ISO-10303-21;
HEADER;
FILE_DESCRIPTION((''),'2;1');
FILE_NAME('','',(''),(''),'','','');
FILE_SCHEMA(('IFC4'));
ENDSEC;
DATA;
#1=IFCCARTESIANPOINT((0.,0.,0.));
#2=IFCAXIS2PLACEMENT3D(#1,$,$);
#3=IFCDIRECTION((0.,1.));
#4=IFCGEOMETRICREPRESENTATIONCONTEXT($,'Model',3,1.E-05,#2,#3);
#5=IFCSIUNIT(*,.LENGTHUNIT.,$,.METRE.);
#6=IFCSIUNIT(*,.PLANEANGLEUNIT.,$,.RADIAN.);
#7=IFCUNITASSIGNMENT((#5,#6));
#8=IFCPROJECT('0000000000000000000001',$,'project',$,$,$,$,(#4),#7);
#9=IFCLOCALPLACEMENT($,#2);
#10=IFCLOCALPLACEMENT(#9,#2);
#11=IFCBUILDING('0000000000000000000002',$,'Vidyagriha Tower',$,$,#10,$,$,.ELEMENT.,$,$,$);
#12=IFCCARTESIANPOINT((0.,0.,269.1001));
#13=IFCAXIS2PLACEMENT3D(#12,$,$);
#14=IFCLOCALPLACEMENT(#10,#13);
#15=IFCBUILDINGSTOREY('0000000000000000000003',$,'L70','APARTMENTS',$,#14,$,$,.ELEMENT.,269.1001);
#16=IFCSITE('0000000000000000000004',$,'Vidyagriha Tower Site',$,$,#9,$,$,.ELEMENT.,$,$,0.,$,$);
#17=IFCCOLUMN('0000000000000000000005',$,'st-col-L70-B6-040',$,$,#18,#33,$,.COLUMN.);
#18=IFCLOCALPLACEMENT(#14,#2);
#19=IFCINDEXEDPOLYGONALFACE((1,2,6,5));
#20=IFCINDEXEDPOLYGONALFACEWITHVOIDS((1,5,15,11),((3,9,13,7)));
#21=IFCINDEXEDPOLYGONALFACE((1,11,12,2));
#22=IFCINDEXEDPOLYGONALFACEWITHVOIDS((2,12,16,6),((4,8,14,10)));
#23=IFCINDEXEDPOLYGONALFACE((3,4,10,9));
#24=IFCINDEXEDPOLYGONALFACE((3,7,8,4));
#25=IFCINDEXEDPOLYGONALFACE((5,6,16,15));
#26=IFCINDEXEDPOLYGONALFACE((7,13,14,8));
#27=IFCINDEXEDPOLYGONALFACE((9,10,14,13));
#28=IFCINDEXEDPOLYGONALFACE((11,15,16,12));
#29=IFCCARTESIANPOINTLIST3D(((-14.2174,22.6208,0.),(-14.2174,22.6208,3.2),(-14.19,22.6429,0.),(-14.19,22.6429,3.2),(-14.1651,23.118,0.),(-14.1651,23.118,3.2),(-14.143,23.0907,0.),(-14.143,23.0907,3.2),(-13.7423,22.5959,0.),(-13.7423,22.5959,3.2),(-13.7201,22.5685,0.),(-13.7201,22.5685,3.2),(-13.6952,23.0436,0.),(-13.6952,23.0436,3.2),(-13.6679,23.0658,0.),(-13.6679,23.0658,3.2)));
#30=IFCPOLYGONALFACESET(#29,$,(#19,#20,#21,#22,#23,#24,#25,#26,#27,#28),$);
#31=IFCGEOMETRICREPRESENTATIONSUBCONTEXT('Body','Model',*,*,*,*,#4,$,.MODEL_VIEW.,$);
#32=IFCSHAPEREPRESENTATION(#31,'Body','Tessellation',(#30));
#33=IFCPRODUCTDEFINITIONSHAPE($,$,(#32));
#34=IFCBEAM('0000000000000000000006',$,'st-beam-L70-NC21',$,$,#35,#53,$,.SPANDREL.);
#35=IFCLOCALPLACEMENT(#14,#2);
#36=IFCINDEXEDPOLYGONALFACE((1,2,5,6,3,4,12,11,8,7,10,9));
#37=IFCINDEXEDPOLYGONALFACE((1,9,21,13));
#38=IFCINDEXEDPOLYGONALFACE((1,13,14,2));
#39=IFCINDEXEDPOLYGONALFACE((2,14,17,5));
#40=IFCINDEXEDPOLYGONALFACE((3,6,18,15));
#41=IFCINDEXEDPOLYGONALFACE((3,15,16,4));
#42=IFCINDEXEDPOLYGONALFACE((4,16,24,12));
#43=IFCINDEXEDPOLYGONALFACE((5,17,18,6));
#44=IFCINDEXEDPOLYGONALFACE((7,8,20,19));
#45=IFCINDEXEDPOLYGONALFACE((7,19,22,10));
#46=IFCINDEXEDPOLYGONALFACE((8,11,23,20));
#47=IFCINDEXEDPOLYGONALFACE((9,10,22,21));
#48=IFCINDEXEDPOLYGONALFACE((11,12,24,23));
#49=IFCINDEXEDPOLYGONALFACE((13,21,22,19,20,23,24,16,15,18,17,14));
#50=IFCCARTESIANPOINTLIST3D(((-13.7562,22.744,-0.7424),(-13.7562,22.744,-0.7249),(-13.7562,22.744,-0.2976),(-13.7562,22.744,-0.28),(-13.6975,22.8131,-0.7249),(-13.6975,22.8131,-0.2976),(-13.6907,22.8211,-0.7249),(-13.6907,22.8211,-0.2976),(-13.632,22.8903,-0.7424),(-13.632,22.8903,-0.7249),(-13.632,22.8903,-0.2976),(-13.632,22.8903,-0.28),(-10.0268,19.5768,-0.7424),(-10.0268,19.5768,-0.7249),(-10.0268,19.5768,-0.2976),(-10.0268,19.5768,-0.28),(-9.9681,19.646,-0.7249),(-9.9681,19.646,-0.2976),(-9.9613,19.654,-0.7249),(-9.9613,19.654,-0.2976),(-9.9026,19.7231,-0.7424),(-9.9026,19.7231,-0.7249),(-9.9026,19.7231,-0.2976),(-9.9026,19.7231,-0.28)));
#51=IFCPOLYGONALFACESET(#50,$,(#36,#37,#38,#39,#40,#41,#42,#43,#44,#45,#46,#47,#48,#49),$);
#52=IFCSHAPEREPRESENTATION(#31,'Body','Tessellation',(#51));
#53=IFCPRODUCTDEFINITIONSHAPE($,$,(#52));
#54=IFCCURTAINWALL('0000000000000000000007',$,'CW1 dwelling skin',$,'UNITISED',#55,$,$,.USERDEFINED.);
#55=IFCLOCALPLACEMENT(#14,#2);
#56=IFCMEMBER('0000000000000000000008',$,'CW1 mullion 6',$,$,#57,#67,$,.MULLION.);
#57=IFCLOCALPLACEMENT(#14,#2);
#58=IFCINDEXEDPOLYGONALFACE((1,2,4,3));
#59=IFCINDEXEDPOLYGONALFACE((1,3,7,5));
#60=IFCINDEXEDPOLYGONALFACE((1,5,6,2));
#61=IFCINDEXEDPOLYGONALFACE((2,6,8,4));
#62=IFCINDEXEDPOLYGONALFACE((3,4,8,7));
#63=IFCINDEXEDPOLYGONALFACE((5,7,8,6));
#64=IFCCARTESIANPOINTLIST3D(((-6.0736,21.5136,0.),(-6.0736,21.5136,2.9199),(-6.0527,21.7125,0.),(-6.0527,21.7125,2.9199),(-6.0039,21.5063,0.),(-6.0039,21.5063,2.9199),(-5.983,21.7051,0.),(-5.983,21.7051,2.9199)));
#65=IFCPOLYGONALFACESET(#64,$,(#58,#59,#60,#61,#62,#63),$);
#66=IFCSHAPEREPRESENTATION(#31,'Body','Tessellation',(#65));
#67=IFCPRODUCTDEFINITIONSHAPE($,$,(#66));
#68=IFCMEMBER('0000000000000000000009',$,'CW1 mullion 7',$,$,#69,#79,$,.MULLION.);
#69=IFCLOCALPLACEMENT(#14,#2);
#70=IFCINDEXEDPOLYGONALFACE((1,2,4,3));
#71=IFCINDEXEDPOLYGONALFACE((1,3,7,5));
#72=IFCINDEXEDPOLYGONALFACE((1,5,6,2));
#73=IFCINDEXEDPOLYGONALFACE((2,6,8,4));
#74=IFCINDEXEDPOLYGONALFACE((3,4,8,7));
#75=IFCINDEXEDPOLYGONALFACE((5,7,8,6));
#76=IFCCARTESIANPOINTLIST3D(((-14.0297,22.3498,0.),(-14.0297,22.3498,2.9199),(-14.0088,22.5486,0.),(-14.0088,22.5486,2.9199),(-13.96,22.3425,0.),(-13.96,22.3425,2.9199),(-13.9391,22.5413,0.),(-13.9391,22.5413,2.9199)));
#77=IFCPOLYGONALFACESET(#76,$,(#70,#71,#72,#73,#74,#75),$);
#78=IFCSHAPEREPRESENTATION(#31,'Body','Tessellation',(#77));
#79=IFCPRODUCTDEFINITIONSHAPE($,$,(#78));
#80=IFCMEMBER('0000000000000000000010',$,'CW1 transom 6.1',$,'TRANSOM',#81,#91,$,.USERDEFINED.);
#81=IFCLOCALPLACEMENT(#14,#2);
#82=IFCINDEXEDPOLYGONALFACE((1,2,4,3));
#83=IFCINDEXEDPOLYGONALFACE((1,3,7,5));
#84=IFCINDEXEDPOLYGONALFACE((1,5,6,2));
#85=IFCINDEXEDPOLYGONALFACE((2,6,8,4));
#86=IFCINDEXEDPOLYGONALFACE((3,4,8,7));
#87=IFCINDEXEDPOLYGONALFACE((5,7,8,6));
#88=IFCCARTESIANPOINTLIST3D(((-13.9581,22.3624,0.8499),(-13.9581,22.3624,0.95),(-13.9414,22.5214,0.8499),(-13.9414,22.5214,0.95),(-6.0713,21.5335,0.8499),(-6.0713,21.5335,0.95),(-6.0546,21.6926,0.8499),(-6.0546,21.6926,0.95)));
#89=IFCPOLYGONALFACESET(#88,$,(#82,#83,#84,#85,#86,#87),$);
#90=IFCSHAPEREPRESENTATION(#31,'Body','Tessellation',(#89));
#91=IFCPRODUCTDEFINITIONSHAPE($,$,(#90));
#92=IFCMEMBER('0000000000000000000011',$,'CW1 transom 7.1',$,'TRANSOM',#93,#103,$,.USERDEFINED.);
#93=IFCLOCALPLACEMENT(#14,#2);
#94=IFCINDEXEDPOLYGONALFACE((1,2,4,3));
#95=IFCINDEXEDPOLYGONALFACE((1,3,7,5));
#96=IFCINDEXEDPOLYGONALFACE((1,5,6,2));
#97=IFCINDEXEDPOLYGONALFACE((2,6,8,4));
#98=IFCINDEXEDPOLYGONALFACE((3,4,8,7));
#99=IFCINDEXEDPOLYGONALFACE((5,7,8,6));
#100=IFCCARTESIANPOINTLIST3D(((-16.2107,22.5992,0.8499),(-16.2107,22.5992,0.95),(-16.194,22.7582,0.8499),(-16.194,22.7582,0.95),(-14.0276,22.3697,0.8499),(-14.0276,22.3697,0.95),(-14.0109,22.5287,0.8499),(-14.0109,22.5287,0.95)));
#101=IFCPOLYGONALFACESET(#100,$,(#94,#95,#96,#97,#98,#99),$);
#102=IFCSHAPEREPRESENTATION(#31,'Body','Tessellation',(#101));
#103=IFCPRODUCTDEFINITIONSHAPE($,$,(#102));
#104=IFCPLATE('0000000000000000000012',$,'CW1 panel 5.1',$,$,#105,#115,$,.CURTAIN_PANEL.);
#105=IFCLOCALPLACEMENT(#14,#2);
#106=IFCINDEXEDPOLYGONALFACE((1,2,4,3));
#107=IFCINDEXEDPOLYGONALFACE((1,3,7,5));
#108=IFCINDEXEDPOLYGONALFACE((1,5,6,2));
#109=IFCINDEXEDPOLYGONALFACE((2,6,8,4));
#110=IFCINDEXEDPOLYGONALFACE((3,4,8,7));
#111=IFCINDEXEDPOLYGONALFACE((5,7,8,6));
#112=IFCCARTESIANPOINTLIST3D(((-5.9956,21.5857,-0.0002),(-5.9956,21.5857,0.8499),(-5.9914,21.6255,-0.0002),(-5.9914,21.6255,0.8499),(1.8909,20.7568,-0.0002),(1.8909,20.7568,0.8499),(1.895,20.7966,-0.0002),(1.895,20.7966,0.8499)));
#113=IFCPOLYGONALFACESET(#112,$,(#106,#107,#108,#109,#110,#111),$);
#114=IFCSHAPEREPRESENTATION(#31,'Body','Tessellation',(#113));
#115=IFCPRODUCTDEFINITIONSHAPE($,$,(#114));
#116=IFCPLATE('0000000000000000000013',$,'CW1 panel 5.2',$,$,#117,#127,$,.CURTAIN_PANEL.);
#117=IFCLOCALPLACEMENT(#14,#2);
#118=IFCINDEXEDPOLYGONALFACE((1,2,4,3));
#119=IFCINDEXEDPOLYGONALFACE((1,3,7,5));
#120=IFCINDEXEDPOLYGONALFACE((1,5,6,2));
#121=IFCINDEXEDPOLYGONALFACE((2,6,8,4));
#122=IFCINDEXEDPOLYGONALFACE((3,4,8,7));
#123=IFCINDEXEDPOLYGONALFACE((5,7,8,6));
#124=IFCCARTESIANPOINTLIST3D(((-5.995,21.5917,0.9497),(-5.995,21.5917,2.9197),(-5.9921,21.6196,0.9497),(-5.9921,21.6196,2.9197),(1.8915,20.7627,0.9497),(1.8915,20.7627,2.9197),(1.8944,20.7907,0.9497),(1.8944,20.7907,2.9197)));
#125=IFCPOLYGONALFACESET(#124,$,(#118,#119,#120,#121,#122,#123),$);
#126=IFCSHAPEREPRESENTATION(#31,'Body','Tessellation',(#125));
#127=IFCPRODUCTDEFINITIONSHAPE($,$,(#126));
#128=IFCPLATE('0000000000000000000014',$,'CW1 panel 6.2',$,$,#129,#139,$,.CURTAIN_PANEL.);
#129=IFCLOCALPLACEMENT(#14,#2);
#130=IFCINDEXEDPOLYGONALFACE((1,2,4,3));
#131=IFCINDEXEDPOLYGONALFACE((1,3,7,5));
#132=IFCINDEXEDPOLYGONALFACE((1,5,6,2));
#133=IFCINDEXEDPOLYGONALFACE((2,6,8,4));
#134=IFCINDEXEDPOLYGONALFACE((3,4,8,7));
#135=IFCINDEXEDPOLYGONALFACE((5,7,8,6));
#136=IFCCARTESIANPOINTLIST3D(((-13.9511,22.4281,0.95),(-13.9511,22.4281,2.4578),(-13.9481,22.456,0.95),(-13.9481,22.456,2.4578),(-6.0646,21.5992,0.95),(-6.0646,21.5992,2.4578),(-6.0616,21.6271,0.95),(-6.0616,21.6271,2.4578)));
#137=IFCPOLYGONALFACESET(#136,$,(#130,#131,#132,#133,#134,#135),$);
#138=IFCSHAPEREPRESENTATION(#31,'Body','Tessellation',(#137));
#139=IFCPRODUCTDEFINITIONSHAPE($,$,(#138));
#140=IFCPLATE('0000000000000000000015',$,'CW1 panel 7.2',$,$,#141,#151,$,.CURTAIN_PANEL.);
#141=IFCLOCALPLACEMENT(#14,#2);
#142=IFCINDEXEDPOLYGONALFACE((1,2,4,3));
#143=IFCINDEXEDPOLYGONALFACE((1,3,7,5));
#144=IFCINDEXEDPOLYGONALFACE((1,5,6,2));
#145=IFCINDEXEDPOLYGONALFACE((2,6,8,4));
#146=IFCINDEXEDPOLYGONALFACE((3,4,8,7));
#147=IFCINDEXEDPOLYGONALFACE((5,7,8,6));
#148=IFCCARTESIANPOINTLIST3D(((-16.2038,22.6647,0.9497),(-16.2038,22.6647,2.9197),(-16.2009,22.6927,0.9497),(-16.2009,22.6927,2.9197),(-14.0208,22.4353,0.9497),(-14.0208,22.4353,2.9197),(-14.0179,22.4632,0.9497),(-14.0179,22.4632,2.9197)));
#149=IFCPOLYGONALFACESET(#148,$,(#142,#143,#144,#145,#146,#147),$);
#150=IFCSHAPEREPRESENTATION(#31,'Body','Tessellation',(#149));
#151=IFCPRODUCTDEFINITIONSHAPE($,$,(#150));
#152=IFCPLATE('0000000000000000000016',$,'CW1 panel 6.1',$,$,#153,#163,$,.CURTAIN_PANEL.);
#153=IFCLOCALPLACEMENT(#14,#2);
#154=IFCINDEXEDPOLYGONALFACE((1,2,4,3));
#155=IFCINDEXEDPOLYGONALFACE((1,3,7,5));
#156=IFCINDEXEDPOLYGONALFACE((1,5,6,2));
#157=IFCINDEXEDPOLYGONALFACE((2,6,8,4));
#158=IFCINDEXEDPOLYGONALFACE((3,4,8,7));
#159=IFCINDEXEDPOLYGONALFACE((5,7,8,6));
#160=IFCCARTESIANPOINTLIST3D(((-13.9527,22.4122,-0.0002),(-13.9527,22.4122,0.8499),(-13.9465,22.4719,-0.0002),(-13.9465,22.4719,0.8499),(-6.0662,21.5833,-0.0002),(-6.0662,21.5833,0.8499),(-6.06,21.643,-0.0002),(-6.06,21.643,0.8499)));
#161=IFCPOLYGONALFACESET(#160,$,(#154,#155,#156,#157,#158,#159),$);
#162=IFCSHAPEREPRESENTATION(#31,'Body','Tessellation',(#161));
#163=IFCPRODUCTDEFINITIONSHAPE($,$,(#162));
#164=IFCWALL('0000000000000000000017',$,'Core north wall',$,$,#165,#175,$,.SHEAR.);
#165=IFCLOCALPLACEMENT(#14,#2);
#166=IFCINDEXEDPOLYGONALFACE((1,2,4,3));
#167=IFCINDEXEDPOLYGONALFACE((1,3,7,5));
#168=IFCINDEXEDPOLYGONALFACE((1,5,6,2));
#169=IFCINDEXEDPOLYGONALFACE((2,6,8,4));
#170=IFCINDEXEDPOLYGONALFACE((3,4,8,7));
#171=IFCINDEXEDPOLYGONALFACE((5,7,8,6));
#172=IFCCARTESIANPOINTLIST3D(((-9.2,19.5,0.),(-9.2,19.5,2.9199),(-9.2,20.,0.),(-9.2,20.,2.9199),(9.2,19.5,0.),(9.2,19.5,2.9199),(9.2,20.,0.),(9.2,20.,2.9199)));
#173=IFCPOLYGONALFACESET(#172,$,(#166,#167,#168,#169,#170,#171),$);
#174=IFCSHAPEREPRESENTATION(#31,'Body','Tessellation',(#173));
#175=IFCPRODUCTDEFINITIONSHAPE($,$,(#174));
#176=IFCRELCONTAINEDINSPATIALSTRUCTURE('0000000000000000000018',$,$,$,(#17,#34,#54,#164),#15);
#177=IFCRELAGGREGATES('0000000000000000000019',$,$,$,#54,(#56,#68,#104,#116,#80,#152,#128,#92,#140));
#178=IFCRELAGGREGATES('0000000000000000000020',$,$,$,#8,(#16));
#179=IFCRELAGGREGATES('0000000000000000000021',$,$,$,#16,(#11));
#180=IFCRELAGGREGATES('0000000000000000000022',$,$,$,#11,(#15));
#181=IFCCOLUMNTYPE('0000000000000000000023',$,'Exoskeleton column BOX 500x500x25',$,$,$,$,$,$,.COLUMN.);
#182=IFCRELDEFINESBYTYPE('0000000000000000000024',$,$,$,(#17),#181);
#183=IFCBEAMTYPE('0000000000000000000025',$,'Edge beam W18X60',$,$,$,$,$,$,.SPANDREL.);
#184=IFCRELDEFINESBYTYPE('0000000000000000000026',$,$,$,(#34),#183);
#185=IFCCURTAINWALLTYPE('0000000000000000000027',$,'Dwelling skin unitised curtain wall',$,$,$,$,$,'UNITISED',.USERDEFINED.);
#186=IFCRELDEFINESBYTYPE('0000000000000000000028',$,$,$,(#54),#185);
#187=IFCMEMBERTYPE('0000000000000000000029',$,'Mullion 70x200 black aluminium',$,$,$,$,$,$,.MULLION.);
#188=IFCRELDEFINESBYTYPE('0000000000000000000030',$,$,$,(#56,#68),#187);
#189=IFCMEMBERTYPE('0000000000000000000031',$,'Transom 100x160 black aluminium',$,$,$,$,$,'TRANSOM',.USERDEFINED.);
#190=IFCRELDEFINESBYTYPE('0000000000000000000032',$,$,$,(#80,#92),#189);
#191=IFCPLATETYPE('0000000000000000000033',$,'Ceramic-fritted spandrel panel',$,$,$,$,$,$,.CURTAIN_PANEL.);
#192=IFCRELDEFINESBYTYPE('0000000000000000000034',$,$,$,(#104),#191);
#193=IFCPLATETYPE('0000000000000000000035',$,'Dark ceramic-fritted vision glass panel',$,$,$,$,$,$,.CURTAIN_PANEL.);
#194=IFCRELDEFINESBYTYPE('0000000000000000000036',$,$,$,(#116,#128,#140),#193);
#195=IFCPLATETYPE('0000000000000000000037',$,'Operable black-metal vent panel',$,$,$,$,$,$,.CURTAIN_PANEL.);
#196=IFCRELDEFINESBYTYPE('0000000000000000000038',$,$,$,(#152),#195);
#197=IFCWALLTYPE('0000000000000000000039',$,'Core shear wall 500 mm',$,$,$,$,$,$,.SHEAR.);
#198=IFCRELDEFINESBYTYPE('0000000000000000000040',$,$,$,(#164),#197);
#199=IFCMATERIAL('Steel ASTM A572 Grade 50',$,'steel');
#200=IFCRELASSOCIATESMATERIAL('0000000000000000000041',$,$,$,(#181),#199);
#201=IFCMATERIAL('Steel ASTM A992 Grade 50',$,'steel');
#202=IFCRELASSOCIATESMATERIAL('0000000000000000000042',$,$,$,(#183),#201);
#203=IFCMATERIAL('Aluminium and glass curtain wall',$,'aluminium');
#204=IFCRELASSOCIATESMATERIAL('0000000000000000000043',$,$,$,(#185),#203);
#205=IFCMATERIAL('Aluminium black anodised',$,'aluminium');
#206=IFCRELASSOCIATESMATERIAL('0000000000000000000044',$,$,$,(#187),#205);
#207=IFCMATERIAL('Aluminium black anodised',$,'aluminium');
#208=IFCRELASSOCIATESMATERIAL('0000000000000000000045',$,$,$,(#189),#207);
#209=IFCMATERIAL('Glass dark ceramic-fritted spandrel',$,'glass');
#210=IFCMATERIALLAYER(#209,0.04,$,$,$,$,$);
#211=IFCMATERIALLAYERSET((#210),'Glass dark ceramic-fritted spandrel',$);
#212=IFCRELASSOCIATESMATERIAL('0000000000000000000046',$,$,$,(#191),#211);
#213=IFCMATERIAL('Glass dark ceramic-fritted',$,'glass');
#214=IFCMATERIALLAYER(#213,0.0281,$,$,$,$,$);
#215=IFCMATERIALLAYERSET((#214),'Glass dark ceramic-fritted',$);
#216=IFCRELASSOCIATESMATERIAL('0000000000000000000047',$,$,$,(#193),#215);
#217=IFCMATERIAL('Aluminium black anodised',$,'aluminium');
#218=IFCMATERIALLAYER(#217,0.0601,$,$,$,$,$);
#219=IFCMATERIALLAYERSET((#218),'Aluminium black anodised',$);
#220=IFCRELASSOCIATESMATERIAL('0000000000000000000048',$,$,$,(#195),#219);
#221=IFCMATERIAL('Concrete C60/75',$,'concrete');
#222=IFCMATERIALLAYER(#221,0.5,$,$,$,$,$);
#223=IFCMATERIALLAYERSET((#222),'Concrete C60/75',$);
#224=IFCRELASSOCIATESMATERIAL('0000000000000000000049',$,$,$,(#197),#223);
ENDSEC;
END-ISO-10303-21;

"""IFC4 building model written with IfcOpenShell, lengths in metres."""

from ifc_helpers import new_model, si_unit, direction, frame, frame_2d, origin, origin_2d, place, context, subcontext, project, spatial, rectangle, hollow_rectangle, i_section, extrude, material, layer, layer_set, material_profile, profile_set, type_object, element, aggregate, save


model = new_model("IFC4")

# Units and contexts
model_context = context("Model", 3, precision=1e-05, world=origin(), true_north=direction((0.0, 1.0)))
body_context = subcontext(model_context, "Body", "Model", "MODEL_VIEW")
ifc_project = project(units=[si_unit("LENGTHUNIT", "METRE"), si_unit("PLANEANGLEUNIT", "RADIAN")], contexts=[model_context])

# Site, building, storey
site_placement = place(None, origin())
site = spatial("IfcSite", under=ifc_project, at=site_placement, Name="Vidyagriha Tower Site", CompositionType="ELEMENT", RefElevation=0.0)
building_placement = place(site_placement, origin())
building = spatial("IfcBuilding", under=site, at=building_placement, Name="Vidyagriha Tower", CompositionType="ELEMENT")
storey_placement = place(building_placement, frame((0.0, 0.0, 269.1001)))
storey = spatial("IfcBuildingStorey", under=building, at=storey_placement, Name="L70", Description="APARTMENTS", CompositionType="ELEMENT", Elevation=269.1001)

# Column
ifc_material_1 = material(Name="Steel ASTM A572 Grade 50", Category="steel")
ifc_material_profile_1 = material_profile(ifc_material_1, hollow_rectangle(XDim=0.5, YDim=0.5, WallThickness=0.0249, at=origin_2d()), Name="BOX 500x500x25")
ifc_profile_set_1 = profile_set([ifc_material_profile_1], Name="Steel ASTM A572 Grade 50")
column_type = type_object("IfcColumnType", Name="Exoskeleton column BOX 500x500x25", PredefinedType="COLUMN", material=ifc_profile_set_1)
column_placement = place(storey_placement, frame((-13.9426, 22.8433, 0.0), z_axis=(0.0, 0.0, 1.0), x_axis=(0.994522, -0.104528, 0.0)))
element("IfcColumn", 1, at=column_placement, inside=storey, type_object=column_type, Name="st-col-L70-B6-040", PredefinedType="COLUMN", context=body_context, shape_type="SweptSolid", body=[
    extrude(hollow_rectangle(XDim=0.5, YDim=0.5, WallThickness=0.0249, at=origin_2d()), origin(), (0.0, 0.0, 1.0), 3.2),
])

# Beam
ifc_material_2 = material(Name="Steel ASTM A992 Grade 50", Category="steel")
ifc_material_profile_2 = material_profile(ifc_material_2, i_section(OverallWidth=0.1919, OverallDepth=0.4624, WebThickness=0.0105, FlangeThickness=0.0176, at=origin_2d()), Name="W18X60")
ifc_profile_set_2 = profile_set([ifc_material_profile_2], Name="Steel ASTM A992 Grade 50")
beam_type = type_object("IfcBeamType", Name="Edge beam W18X60", PredefinedType="SPANDREL", material=ifc_profile_set_2)
beam_placement = place(storey_placement, frame((-13.6941, 22.8171, -0.5112), z_axis=(0.762225, -0.647312, 0.0), x_axis=(0.647312, 0.762225, 0.0)))
element("IfcBeam", 2, at=beam_placement, inside=storey, type_object=beam_type, Name="st-beam-L70-NC21", PredefinedType="SPANDREL", context=body_context, shape_type="SweptSolid", body=[
    extrude(i_section(OverallWidth=0.1919, OverallDepth=0.4624, WebThickness=0.0105, FlangeThickness=0.0176, at=origin_2d()), origin(), (0.0, 0.0, 1.0), 4.8928),
])

# Curtain wall, members, plates
ifc_material_3 = material(Name="Aluminium and glass curtain wall", Category="aluminium")
curtain_wall_type = type_object("IfcCurtainWallType", Name="Dwelling skin unitised curtain wall", ElementType="UNITISED", PredefinedType="USERDEFINED", material=ifc_material_3)
curtain_wall_placement = place(storey_placement, origin())
curtain_wall = element("IfcCurtainWall", 3, at=curtain_wall_placement, inside=storey, type_object=curtain_wall_type, Name="CW1 dwelling skin", ObjectType="UNITISED", PredefinedType="USERDEFINED")
ifc_material_4 = material(Name="Aluminium black anodised", Category="aluminium")
ifc_material_profile_3 = material_profile(ifc_material_4, rectangle(XDim=0.2, YDim=0.0701, at=origin_2d()), Name="Mullion 70x200 black aluminium")
ifc_profile_set_3 = profile_set([ifc_material_profile_3], Name="Aluminium black anodised")
member_type_1 = type_object("IfcMemberType", Name="Mullion 70x200 black aluminium", PredefinedType="MULLION", material=ifc_profile_set_3)
member_1_placement = place(storey_placement, frame((-6.0283, 21.6094, 0.0), z_axis=(0.0, 0.0, 1.0), x_axis=(-0.104529, -0.994522, 0.0)))
member_1 = element("IfcMember", 4, at=member_1_placement, type_object=member_type_1, Name="CW1 mullion 6", PredefinedType="MULLION", context=body_context, shape_type="SweptSolid", body=[
    extrude(rectangle(XDim=0.2, YDim=0.0701, at=origin_2d()), origin(), (0.0, 0.0, 1.0), 2.9199),
])
member_2_placement = place(storey_placement, frame((-13.9844, 22.4456, 0.0), z_axis=(0.0, 0.0, 1.0), x_axis=(-0.104529, -0.994522, 0.0)))
member_2 = element("IfcMember", 5, at=member_2_placement, type_object=member_type_1, Name="CW1 mullion 7", PredefinedType="MULLION", context=body_context, shape_type="SweptSolid", body=[
    extrude(rectangle(XDim=0.2, YDim=0.0701, at=origin_2d()), origin(), (0.0, 0.0, 1.0), 2.9199),
])
ifc_material_5 = material(Name="Aluminium black anodised", Category="aluminium")
ifc_material_profile_4 = material_profile(ifc_material_5, rectangle(XDim=0.1599, YDim=0.1001, at=origin_2d()), Name="Transom 100x160 black aluminium")
ifc_profile_set_4 = profile_set([ifc_material_profile_4], Name="Aluminium black anodised")
member_type_2 = type_object("IfcMemberType", Name="Transom 100x160 black aluminium", ElementType="TRANSOM", PredefinedType="USERDEFINED", material=ifc_profile_set_4)
member_3_placement = place(storey_placement, frame((-6.063, 21.613, 0.8999), z_axis=(-0.994523, 0.10452, 0.0), x_axis=(-0.10452, -0.994523, 0.0)))
member_3 = element("IfcMember", 6, at=member_3_placement, type_object=member_type_2, Name="CW1 transom 6.1", ObjectType="TRANSOM", PredefinedType="USERDEFINED", context=body_context, shape_type="SweptSolid", body=[
    extrude(rectangle(XDim=0.1599, YDim=0.1001, at=origin_2d()), origin(), (0.0, 0.0, 1.0), 7.9302),
])
member_4_placement = place(storey_placement, frame((-14.0193, 22.4492, 0.8999), z_axis=(-0.99452, 0.104546, 0.0), x_axis=(-0.104546, -0.99452, 0.0)))
member_4 = element("IfcMember", 7, at=member_4_placement, type_object=member_type_2, Name="CW1 transom 7.1", ObjectType="TRANSOM", PredefinedType="USERDEFINED", context=body_context, shape_type="SweptSolid", body=[
    extrude(rectangle(XDim=0.1599, YDim=0.1001, at=origin_2d()), origin(), (0.0, 0.0, 1.0), 2.1951),
])
ifc_material_6 = material(Name="Glass dark ceramic-fritted spandrel", Category="glass")
ifc_layer_1 = layer(ifc_material_6, 0.04)
ifc_layer_set_1 = layer_set([ifc_layer_1], Name="Glass dark ceramic-fritted spandrel")
plate_type_1 = type_object("IfcPlateType", Name="Ceramic-fritted spandrel panel", PredefinedType="CURTAIN_PANEL", material=ifc_layer_set_1)
plate_1_placement = place(storey_placement, frame((-2.0503, 21.1912, -0.0002), z_axis=(0.0, 0.0, 1.0), x_axis=(-0.994522, 0.104529, 0.0)))
plate_1 = element("IfcPlate", 8, at=plate_1_placement, type_object=plate_type_1, Name="CW1 panel 5.1", PredefinedType="CURTAIN_PANEL", context=body_context, shape_type="SweptSolid", body=[
    extrude(rectangle(XDim=7.9299, YDim=0.04, at=origin_2d()), origin(), (0.0, 0.0, 1.0), 0.8501),
])
ifc_material_7 = material(Name="Glass dark ceramic-fritted", Category="glass")
ifc_layer_2 = layer(ifc_material_7, 0.0281)
ifc_layer_set_2 = layer_set([ifc_layer_2], Name="Glass dark ceramic-fritted")
plate_type_2 = type_object("IfcPlateType", Name="Dark ceramic-fritted vision glass panel", PredefinedType="CURTAIN_PANEL", material=ifc_layer_set_2)
plate_2_placement = place(storey_placement, frame((-2.0503, 21.1912, 0.9497), z_axis=(0.0, 0.0, 1.0), x_axis=(-0.994522, 0.104529, 0.0)))
plate_2 = element("IfcPlate", 9, at=plate_2_placement, type_object=plate_type_2, Name="CW1 panel 5.2", PredefinedType="CURTAIN_PANEL", context=body_context, shape_type="SweptSolid", body=[
    extrude(rectangle(XDim=7.9299, YDim=0.0281, at=origin_2d()), origin(), (0.0, 0.0, 1.0), 1.97),
])
plate_3_placement = place(storey_placement, frame((-10.0063, 22.0276, 0.95), z_axis=(0.0, 0.0, 1.0), x_axis=(-0.994522, 0.104529, 0.0)))
plate_3 = element("IfcPlate", 10, at=plate_3_placement, type_object=plate_type_2, Name="CW1 panel 6.2", PredefinedType="CURTAIN_PANEL", context=body_context, shape_type="SweptSolid", body=[
    extrude(rectangle(XDim=7.9299, YDim=0.0281, at=origin_2d()), origin(), (0.0, 0.0, 1.0), 1.5078),
])
plate_4_placement = place(storey_placement, frame((-15.1108, 22.564, 0.9497), z_axis=(0.0, 0.0, 1.0), x_axis=(-0.994522, 0.104529, 0.0)))
plate_4 = element("IfcPlate", 11, at=plate_4_placement, type_object=plate_type_2, Name="CW1 panel 7.2", PredefinedType="CURTAIN_PANEL", context=body_context, shape_type="SweptSolid", body=[
    extrude(rectangle(XDim=2.1951, YDim=0.0281, at=origin_2d()), origin(), (0.0, 0.0, 1.0), 1.97),
])
ifc_material_8 = material(Name="Aluminium black anodised", Category="aluminium")
ifc_layer_3 = layer(ifc_material_8, 0.0601)
ifc_layer_set_3 = layer_set([ifc_layer_3], Name="Aluminium black anodised")
plate_type_3 = type_object("IfcPlateType", Name="Operable black-metal vent panel", PredefinedType="CURTAIN_PANEL", material=ifc_layer_set_3)
plate_5_placement = place(storey_placement, frame((-10.0063, 22.0276, -0.0002), z_axis=(0.0, 0.0, 1.0), x_axis=(-0.994522, 0.104529, 0.0)))
plate_5 = element("IfcPlate", 12, at=plate_5_placement, type_object=plate_type_3, Name="CW1 panel 6.1", PredefinedType="CURTAIN_PANEL", context=body_context, shape_type="SweptSolid", body=[
    extrude(rectangle(XDim=7.9299, YDim=0.0601, at=origin_2d()), origin(), (0.0, 0.0, 1.0), 0.8501),
])
aggregate(curtain_wall, [member_1, member_2, plate_1, plate_2, member_3, plate_5, plate_3, member_4, plate_4])

# Wall
ifc_material_9 = material(Name="Concrete C60/75", Category="concrete")
ifc_layer_4 = layer(ifc_material_9, 0.5)
ifc_layer_set_4 = layer_set([ifc_layer_4], Name="Concrete C60/75")
wall_type = type_object("IfcWallType", Name="Core shear wall 500 mm", PredefinedType="SHEAR", material=ifc_layer_set_4)
wall_placement = place(storey_placement, frame((-9.2, 19.75, 0.0)))
element("IfcWall", 13, at=wall_placement, inside=storey, type_object=wall_type, Name="Core north wall", PredefinedType="SHEAR", context=body_context, shape_type="SweptSolid", body=[
    extrude(rectangle(XDim=18.3999, YDim=0.5, at=frame_2d((9.2, 0.0))), origin(), (0.0, 0.0, 1.0), 2.9199),
])

save(model, "model.ifc")
